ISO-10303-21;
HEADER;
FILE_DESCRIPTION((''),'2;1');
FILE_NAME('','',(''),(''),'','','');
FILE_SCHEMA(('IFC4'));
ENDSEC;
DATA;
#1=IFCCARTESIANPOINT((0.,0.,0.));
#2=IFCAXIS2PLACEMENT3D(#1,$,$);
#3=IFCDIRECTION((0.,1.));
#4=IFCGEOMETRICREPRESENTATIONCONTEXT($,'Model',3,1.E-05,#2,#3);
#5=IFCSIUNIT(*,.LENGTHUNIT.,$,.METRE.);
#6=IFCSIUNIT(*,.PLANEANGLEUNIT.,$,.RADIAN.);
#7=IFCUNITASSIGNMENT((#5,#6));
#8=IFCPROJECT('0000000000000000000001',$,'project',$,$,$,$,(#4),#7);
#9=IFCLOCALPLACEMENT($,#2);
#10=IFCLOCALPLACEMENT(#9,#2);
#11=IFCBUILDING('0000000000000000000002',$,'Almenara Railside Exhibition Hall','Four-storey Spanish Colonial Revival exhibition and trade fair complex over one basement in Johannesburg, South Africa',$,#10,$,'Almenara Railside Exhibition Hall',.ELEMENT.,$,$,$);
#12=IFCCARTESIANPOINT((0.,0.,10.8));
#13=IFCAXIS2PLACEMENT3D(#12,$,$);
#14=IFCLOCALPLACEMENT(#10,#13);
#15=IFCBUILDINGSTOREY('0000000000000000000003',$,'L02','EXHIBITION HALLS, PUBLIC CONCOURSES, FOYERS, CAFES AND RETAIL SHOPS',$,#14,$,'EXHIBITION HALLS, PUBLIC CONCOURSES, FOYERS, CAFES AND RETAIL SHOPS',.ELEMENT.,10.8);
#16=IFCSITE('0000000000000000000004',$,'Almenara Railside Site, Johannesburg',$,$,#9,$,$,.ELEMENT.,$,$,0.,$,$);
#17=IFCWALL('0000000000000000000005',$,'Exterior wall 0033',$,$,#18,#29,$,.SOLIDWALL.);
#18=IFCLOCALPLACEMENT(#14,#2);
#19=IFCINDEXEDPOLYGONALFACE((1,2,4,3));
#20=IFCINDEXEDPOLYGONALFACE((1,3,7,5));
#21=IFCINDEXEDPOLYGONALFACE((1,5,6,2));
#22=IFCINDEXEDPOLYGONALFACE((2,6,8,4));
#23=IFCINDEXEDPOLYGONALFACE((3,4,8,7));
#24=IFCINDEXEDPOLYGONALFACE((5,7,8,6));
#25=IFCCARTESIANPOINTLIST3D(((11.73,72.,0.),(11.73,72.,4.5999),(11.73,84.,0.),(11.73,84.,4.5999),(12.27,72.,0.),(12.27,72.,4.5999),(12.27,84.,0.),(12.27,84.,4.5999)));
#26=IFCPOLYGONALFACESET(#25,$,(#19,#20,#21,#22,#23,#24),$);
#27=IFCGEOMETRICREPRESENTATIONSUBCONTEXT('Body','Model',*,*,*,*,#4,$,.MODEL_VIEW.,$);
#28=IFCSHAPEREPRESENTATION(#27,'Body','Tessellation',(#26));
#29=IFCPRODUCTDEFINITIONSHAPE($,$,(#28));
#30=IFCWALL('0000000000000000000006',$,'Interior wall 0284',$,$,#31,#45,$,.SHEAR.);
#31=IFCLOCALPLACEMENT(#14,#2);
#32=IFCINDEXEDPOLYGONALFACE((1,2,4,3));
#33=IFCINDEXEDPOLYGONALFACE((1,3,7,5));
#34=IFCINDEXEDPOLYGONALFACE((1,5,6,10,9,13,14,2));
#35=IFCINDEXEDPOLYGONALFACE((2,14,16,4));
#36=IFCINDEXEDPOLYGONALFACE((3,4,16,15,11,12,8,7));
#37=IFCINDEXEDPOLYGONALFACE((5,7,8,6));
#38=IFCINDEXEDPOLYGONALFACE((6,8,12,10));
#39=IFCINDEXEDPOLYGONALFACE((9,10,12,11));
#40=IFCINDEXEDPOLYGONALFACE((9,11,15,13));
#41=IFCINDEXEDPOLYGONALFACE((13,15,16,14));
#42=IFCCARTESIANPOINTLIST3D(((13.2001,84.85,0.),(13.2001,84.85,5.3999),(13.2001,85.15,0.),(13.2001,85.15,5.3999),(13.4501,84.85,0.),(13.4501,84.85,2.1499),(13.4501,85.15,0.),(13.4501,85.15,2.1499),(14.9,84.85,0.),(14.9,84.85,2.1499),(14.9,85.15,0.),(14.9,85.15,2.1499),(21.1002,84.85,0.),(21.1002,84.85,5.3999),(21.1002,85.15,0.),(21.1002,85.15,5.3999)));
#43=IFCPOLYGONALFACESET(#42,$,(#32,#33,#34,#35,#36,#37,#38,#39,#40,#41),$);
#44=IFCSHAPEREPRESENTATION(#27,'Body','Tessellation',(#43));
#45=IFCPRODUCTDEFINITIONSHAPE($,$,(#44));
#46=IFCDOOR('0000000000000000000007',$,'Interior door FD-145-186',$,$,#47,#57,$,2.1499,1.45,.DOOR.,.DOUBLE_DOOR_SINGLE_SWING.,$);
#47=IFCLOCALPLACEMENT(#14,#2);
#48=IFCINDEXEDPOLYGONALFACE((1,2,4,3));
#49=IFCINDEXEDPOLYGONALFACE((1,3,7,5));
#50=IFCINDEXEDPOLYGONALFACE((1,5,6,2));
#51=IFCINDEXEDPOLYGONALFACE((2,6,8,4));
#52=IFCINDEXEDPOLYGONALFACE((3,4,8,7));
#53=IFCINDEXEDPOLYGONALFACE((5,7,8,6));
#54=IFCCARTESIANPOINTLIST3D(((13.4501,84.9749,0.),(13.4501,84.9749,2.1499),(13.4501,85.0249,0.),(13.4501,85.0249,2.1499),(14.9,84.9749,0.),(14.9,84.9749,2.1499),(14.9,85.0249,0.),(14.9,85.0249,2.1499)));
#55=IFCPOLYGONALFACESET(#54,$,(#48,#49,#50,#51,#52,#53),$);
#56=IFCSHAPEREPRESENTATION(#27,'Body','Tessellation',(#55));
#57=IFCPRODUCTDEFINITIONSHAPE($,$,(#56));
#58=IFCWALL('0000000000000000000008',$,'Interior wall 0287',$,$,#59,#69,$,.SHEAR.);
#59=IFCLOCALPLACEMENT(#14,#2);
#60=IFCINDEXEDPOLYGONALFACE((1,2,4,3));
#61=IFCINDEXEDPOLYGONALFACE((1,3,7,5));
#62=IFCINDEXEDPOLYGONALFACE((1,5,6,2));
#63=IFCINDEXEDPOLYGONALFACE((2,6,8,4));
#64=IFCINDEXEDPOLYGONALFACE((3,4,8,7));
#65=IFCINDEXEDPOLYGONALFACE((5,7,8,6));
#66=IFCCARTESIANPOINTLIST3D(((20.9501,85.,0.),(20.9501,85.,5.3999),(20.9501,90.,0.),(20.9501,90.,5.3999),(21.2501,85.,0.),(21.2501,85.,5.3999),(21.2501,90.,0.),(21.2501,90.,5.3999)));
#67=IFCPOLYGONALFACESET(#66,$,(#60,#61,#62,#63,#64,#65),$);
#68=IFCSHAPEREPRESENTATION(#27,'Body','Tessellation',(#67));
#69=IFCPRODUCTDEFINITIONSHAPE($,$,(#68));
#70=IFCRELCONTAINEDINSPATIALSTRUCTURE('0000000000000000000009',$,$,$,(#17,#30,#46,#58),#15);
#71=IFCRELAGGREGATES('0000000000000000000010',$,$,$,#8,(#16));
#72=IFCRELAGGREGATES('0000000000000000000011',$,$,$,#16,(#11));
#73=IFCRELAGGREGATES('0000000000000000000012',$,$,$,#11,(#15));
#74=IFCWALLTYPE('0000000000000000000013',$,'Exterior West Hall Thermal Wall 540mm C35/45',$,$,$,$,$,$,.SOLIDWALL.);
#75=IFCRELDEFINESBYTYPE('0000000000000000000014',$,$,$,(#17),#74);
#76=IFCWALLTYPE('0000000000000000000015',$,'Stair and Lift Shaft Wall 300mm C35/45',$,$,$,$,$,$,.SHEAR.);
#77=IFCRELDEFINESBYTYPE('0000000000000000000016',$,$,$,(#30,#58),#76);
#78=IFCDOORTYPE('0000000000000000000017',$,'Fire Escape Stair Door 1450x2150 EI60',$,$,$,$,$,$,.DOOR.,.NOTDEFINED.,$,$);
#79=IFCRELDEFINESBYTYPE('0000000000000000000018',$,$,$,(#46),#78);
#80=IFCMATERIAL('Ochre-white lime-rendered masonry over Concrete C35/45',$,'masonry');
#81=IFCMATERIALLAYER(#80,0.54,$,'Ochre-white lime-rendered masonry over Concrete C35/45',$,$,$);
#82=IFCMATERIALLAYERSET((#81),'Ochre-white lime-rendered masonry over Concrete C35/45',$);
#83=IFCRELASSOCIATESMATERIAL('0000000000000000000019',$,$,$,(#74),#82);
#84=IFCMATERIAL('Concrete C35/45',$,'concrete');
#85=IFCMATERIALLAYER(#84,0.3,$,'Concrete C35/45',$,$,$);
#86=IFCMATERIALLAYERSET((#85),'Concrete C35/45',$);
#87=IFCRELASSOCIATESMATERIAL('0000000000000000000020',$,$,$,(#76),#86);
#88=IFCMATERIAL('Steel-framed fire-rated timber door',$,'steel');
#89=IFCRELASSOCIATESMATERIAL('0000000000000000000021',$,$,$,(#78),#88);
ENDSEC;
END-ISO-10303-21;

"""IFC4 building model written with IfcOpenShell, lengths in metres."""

from ifc_helpers import new_model, si_unit, direction, frame, frame_2d, origin, place, context, subcontext, project, spatial, rectangle, extrude, material, layer, layer_set, type_object, element, fill, save


model = new_model("IFC4")

# Units and contexts
model_context = context("Model", 3, precision=1e-05, world=origin(), true_north=direction((0.0, 1.0)))
body_context = subcontext(model_context, "Body", "Model", "MODEL_VIEW")
ifc_project = project(units=[si_unit("LENGTHUNIT", "METRE"), si_unit("PLANEANGLEUNIT", "RADIAN")], contexts=[model_context])

# Site, building, storey
site_placement = place(None, origin())
site = spatial("IfcSite", under=ifc_project, at=site_placement, Name="Almenara Railside Site, Johannesburg", CompositionType="ELEMENT", RefElevation=0.0)
building_placement = place(site_placement, origin())
building = spatial("IfcBuilding", under=site, at=building_placement, Name="Almenara Railside Exhibition Hall", Description="Four-storey Spanish Colonial Revival exhibition and trade fair complex over one basement in Johannesburg, South Africa", LongName="Almenara Railside Exhibition Hall", CompositionType="ELEMENT")
storey_placement = place(building_placement, frame((0.0, 0.0, 10.8)))
storey = spatial("IfcBuildingStorey", under=building, at=storey_placement, Name="L02", Description="EXHIBITION HALLS, PUBLIC CONCOURSES, FOYERS, CAFES AND RETAIL SHOPS", LongName="EXHIBITION HALLS, PUBLIC CONCOURSES, FOYERS, CAFES AND RETAIL SHOPS", CompositionType="ELEMENT", Elevation=10.8)

# Wall
ifc_material_1 = material(Name="Ochre-white lime-rendered masonry over Concrete C35/45", Category="masonry")
ifc_layer_1 = layer(ifc_material_1, 0.54, Name="Ochre-white lime-rendered masonry over Concrete C35/45")
ifc_layer_set_1 = layer_set([ifc_layer_1], Name="Ochre-white lime-rendered masonry over Concrete C35/45")
wall_type_1 = type_object("IfcWallType", Name="Exterior West Hall Thermal Wall 540mm C35/45", PredefinedType="SOLIDWALL", material=ifc_layer_set_1)
wall_1_placement = place(storey_placement, frame((12.0, 84.0, 0.0), z_axis=(0.0, 0.0, 1.0), x_axis=(0.0, -1.0, 0.0)))
element("IfcWall", 1, at=wall_1_placement, inside=storey, type_object=wall_type_1, Name="Exterior wall 0033", PredefinedType="SOLIDWALL", context=body_context, shape_type="SweptSolid", body=[
    extrude(rectangle(XDim=12.0, YDim=0.54, at=frame_2d((6.0, 0.0))), origin(), (0.0, 0.0, 1.0), 4.5999),
])

# Wall, opening, door
ifc_material_2 = material(Name="Concrete C35/45", Category="concrete")
ifc_layer_2 = layer(ifc_material_2, 0.3, Name="Concrete C35/45")
ifc_layer_set_2 = layer_set([ifc_layer_2], Name="Concrete C35/45")
wall_type_2 = type_object("IfcWallType", Name="Stair and Lift Shaft Wall 300mm C35/45", PredefinedType="SHEAR", material=ifc_layer_set_2)
wall_2_placement = place(storey_placement, frame((13.2, 85.0, 0.0), z_axis=(0.0, 0.0, 1.0), x_axis=(1.0, 0.0, 0.0)))
wall_2 = element("IfcWall", 2, at=wall_2_placement, inside=storey, type_object=wall_type_2, Name="Interior wall 0284", PredefinedType="SHEAR", context=body_context, shape_type="SweptSolid", body=[
    extrude(rectangle(XDim=7.9001, YDim=0.3, at=frame_2d((3.9502, 0.0))), origin(), (0.0, 0.0, 1.0), 5.3999),
])
opening_placement = place(wall_2_placement, frame((0.25, 0.0, 0.0)))
opening = element("IfcOpeningElement", 3, at=opening_placement, cuts=wall_2, PredefinedType="OPENING", context=body_context, shape_type="SweptSolid", body=[
    extrude(rectangle(XDim=1.45, YDim=2.1499, at=frame_2d((0.7251, 1.075))), frame((0.0, 0.1599, 0.0), z_axis=(0.0, -1.0, 0.0), x_axis=(1.0, 0.0, 0.0)), (0.0, 0.0, 1.0), 0.3201),
])
ifc_material_3 = material(Name="Steel-framed fire-rated timber door", Category="steel")
door_type = type_object("IfcDoorType", Name="Fire Escape Stair Door 1450x2150 EI60", OperationType="NOTDEFINED", PredefinedType="DOOR", material=ifc_material_3)
door_placement = place(opening_placement, origin())
door = element("IfcDoor", 4, at=door_placement, inside=storey, type_object=door_type, Name="Interior door FD-145-186", OperationType="DOUBLE_DOOR_SINGLE_SWING", OverallHeight=2.1499, OverallWidth=1.45, PredefinedType="DOOR", context=body_context, shape_type="SweptSolid", body=[
    extrude(rectangle(XDim=1.45, YDim=2.1499, at=frame_2d((0.7251, 1.075))), frame((0.0, 0.0249, 0.0), z_axis=(0.0, -1.0, 0.0), x_axis=(1.0, 0.0, 0.0)), (0.0, 0.0, 1.0), 0.05),
])
fill(opening, door)

# Wall
wall_3_placement = place(storey_placement, frame((21.1001, 85.0, 0.0), z_axis=(0.0, 0.0, 1.0), x_axis=(0.0, 1.0, 0.0)))
element("IfcWall", 5, at=wall_3_placement, inside=storey, type_object=wall_type_2, Name="Interior wall 0287", PredefinedType="SHEAR", context=body_context, shape_type="SweptSolid", body=[
    extrude(rectangle(XDim=5.0, YDim=0.3, at=frame_2d((2.5, 0.0))), origin(), (0.0, 0.0, 1.0), 5.3999),
])

save(model, "model.ifc")
